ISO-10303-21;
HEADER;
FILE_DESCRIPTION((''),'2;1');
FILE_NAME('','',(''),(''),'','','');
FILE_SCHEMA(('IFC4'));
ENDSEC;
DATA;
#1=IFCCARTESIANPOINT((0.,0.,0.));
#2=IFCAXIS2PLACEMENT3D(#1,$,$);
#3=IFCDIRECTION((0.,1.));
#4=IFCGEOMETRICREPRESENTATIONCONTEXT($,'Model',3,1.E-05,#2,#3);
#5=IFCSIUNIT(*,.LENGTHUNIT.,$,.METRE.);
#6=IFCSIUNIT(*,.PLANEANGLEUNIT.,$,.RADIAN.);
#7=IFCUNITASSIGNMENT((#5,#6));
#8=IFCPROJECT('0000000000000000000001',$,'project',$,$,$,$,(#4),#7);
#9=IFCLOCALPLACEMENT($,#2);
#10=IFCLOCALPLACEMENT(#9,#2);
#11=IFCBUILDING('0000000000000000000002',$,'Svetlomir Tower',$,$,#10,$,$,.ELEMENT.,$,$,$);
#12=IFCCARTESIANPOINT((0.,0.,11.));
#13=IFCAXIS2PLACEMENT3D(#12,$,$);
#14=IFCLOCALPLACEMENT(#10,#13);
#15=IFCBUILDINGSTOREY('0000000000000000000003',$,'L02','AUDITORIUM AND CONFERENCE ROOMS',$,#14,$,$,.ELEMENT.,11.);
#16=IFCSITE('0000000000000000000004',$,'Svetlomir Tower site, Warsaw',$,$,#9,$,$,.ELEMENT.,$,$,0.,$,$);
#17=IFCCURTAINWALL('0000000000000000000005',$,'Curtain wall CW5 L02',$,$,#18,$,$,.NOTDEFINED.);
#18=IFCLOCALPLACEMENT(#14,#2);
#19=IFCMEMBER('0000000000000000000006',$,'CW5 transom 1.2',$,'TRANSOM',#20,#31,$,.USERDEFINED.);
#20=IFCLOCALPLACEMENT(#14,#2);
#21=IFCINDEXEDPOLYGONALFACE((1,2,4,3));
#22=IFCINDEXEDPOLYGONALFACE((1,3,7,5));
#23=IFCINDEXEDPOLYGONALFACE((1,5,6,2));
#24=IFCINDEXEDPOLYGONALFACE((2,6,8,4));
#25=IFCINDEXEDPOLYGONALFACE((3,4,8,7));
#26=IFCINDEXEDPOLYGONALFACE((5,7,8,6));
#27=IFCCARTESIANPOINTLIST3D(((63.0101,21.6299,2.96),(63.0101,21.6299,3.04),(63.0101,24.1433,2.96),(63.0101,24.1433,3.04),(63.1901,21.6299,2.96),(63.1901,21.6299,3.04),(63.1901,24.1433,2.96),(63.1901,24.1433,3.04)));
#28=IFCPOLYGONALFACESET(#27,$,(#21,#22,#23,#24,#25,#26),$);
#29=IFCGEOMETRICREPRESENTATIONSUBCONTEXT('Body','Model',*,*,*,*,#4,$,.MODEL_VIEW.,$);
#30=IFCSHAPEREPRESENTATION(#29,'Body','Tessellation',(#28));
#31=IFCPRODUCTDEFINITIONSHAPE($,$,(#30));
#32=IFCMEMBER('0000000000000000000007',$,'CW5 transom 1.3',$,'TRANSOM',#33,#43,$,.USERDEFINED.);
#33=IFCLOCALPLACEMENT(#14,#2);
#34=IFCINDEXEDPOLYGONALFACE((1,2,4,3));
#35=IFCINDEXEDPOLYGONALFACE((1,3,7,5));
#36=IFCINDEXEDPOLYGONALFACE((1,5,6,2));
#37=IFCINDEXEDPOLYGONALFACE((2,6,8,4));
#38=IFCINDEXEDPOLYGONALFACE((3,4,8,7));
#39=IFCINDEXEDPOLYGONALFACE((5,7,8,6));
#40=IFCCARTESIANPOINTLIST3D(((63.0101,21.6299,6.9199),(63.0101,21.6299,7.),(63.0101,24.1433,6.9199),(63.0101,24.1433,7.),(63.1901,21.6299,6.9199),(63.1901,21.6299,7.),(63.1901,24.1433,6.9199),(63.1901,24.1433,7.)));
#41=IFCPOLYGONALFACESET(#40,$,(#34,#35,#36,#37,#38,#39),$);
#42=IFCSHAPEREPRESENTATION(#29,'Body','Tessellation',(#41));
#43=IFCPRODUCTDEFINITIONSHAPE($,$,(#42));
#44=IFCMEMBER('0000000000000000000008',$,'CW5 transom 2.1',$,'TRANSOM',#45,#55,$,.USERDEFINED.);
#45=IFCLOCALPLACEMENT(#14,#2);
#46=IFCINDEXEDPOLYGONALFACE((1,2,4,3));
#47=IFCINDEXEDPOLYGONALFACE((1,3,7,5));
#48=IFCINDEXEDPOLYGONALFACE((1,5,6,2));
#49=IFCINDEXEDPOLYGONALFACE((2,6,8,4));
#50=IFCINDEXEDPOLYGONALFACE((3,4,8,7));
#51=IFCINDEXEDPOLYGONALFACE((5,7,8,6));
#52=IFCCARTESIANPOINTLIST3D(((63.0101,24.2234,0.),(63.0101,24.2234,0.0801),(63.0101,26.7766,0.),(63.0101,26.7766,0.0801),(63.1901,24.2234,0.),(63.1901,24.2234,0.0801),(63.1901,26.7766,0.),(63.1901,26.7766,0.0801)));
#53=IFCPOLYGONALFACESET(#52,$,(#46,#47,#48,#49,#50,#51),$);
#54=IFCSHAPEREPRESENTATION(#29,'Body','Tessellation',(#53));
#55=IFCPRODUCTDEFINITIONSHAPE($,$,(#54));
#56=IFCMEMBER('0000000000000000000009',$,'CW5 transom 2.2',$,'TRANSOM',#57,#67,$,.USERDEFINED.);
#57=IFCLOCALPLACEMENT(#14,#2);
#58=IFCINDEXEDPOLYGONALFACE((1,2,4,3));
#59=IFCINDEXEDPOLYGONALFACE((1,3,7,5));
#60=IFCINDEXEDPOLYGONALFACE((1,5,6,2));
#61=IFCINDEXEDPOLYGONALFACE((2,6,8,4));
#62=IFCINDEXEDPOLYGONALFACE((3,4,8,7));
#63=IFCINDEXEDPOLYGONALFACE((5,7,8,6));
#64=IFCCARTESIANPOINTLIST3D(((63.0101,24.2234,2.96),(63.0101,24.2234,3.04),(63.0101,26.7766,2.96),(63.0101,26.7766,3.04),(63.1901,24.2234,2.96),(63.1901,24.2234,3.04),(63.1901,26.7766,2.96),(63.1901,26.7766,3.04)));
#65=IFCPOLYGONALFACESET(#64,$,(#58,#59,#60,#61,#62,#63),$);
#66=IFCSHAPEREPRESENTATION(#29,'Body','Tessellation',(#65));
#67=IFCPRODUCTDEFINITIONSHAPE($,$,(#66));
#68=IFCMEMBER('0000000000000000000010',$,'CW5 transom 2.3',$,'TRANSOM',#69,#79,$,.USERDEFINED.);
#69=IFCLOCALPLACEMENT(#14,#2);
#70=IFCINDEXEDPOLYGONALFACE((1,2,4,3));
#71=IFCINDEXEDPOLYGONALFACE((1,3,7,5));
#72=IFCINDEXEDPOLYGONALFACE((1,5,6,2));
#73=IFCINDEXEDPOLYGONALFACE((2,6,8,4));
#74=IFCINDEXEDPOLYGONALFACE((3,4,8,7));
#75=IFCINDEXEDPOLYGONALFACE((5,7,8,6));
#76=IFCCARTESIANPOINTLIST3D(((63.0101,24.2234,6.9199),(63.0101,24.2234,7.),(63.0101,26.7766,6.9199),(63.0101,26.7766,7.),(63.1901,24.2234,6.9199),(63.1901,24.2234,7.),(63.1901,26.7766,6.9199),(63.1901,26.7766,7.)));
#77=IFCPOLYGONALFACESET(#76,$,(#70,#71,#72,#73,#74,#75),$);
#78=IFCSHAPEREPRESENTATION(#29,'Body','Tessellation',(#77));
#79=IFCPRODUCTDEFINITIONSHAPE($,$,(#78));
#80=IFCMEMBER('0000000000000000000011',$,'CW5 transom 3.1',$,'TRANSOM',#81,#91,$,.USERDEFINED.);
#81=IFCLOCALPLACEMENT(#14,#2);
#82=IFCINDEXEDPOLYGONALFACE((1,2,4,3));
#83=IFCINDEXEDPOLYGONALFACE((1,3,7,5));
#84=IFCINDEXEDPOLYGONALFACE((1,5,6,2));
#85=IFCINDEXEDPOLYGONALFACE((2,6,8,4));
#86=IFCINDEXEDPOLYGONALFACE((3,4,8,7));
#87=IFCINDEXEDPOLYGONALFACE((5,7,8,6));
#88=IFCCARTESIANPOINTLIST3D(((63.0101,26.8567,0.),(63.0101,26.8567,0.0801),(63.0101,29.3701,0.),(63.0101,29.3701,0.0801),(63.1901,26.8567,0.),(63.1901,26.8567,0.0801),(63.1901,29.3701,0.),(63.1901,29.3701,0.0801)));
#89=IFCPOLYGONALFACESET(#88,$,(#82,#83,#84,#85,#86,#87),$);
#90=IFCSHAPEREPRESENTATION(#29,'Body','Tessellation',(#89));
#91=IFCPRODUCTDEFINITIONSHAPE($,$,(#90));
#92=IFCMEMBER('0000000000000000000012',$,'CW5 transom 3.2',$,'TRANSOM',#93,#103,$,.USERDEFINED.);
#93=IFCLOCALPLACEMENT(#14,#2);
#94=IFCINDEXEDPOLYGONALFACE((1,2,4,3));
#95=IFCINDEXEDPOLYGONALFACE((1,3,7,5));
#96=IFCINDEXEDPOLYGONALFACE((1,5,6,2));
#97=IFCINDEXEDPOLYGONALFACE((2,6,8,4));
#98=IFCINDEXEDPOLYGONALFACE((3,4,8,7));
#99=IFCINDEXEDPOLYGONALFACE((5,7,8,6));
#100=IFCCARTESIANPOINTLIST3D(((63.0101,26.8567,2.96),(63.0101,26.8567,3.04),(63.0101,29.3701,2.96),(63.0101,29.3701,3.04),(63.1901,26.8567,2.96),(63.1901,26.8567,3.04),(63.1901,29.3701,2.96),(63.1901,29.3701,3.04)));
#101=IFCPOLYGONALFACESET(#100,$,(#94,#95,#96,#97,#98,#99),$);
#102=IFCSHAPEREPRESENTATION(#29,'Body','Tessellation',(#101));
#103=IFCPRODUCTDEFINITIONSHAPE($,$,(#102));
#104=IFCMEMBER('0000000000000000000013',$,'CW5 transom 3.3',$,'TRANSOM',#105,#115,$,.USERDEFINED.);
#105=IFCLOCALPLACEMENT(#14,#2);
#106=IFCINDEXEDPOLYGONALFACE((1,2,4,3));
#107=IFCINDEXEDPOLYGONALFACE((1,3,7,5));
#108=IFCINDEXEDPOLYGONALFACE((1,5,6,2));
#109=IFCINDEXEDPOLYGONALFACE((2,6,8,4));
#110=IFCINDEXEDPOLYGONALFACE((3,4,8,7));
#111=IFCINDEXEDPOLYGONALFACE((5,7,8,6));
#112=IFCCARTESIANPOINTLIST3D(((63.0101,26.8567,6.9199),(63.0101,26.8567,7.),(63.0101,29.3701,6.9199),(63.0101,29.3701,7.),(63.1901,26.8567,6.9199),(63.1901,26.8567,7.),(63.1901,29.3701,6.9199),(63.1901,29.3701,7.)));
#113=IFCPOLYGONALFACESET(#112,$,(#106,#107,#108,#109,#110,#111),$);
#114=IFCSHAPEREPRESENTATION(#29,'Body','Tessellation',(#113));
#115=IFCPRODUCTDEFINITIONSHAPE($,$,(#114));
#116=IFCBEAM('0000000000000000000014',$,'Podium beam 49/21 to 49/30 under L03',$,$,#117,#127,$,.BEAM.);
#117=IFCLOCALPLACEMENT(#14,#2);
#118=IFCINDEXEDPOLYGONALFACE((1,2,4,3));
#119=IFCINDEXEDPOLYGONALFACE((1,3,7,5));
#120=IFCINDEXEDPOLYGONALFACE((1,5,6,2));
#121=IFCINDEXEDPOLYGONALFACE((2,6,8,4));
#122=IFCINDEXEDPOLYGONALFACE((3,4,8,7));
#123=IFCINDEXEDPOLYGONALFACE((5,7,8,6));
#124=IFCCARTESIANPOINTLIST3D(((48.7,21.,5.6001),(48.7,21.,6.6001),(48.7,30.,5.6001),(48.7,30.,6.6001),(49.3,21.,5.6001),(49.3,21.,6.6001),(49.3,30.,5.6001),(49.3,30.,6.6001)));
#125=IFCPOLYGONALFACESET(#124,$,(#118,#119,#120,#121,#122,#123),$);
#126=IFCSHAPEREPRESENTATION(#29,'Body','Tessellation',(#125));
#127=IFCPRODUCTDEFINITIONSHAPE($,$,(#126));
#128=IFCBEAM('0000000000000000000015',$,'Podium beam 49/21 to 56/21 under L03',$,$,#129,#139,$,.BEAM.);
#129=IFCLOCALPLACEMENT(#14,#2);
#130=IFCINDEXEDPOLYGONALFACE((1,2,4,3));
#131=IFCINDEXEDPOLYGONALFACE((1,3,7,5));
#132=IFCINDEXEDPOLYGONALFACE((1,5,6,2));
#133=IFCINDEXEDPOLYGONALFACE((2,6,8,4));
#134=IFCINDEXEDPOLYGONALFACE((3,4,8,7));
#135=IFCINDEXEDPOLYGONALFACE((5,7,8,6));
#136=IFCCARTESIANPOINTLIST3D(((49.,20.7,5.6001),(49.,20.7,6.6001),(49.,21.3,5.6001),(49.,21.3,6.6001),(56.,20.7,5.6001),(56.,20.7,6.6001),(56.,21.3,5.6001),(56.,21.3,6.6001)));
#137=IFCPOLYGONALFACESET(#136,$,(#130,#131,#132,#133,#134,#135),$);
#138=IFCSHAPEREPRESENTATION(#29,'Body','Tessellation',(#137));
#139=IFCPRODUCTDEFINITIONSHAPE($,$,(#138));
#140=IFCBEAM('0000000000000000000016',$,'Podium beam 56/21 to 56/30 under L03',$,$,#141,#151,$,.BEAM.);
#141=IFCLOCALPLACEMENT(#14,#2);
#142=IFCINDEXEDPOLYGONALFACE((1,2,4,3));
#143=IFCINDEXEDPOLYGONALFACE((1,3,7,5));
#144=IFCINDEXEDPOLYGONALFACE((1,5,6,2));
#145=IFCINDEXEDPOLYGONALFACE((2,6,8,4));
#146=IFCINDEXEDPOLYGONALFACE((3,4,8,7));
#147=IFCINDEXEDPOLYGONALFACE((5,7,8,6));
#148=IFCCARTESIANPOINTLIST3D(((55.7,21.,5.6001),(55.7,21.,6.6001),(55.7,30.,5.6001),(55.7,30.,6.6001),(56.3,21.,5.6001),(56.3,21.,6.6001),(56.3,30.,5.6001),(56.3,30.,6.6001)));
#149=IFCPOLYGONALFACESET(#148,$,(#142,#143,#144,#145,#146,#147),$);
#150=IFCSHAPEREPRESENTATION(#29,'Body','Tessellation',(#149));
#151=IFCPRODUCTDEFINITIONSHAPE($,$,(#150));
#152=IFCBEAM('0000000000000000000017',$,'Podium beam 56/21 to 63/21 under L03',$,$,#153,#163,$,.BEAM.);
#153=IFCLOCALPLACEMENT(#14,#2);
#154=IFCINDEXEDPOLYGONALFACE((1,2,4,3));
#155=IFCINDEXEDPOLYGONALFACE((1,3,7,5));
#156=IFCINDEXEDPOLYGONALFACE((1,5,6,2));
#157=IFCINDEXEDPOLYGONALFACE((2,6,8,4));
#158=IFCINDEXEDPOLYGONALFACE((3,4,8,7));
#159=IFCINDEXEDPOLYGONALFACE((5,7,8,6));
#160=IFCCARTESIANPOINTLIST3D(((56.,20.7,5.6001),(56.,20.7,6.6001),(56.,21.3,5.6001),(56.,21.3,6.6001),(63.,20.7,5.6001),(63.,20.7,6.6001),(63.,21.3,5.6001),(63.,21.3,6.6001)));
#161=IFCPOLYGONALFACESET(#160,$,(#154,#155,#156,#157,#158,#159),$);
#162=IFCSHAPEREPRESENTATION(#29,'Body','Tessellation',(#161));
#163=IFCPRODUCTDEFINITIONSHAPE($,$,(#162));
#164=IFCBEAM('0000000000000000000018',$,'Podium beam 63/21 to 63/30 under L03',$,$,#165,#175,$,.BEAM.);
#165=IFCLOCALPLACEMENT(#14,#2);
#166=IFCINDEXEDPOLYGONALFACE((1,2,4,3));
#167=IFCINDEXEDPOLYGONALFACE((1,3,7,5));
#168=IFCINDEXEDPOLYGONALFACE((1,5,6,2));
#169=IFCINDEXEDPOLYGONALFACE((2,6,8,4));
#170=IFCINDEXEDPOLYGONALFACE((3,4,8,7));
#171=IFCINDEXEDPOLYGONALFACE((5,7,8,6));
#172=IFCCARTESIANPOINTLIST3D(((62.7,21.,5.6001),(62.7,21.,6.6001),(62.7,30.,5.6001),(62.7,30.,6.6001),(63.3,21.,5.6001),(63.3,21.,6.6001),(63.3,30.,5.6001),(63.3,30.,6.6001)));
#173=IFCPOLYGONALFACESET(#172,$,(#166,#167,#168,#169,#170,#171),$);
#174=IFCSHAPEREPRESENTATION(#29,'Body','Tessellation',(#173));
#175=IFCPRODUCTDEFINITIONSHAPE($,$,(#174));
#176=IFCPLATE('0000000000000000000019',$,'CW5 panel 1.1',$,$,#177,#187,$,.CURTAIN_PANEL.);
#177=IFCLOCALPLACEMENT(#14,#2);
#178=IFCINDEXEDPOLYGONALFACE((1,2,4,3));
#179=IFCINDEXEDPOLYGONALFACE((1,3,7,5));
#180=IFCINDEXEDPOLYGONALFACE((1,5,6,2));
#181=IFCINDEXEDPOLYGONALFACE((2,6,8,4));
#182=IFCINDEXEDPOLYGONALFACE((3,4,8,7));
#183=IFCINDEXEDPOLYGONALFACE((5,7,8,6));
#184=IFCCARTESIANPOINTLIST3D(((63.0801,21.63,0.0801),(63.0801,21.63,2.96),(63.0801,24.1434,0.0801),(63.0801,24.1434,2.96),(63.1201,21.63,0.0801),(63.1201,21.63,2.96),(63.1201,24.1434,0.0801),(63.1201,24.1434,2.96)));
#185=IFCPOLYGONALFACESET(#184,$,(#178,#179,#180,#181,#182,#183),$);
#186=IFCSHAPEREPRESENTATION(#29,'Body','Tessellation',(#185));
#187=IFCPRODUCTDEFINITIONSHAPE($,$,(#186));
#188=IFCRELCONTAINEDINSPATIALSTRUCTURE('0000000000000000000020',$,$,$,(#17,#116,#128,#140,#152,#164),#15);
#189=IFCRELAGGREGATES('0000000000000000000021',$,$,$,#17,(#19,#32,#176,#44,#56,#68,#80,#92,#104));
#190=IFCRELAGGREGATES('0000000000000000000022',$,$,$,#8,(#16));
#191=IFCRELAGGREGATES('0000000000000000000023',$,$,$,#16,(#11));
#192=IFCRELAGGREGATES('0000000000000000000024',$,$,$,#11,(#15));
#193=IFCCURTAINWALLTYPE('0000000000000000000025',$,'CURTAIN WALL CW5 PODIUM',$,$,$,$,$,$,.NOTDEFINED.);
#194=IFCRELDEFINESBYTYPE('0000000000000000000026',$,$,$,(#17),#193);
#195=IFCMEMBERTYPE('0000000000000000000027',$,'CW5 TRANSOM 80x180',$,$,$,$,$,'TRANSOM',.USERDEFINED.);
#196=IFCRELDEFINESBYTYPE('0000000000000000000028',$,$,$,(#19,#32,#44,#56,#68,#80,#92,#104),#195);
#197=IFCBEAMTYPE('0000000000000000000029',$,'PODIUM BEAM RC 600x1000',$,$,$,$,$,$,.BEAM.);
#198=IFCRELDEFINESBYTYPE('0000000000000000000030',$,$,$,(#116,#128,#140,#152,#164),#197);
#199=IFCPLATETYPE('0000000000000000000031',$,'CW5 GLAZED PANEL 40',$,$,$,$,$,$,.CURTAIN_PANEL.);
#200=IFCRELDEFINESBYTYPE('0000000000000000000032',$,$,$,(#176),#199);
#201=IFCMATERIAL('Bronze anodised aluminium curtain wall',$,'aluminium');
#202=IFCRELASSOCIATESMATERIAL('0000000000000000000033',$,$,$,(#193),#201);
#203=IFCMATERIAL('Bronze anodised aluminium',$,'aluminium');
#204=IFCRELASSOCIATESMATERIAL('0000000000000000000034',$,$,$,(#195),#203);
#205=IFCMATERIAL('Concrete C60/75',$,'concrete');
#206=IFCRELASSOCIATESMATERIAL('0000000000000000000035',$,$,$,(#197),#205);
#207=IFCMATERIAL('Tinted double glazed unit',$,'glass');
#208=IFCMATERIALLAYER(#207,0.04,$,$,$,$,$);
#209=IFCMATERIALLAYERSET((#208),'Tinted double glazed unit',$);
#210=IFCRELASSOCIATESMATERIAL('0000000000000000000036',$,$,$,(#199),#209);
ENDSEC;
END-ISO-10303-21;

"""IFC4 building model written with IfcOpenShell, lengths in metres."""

from ifc_helpers import new_model, si_unit, direction, frame, origin, origin_2d, place, context, subcontext, project, spatial, rectangle, extrude, material, layer, layer_set, material_profile, profile_set, type_object, element, aggregate, save


model = new_model("IFC4")

# Units and contexts
model_context = context("Model", 3, precision=1e-05, world=origin(), true_north=direction((0.0, 1.0)))
body_context = subcontext(model_context, "Body", "Model", "MODEL_VIEW")
ifc_project = project(units=[si_unit("LENGTHUNIT", "METRE"), si_unit("PLANEANGLEUNIT", "RADIAN")], contexts=[model_context])

# Site, building, storey
site_placement = place(None, origin())
site = spatial("IfcSite", under=ifc_project, at=site_placement, Name="Svetlomir Tower site, Warsaw", CompositionType="ELEMENT", RefElevation=0.0)
building_placement = place(site_placement, origin())
building = spatial("IfcBuilding", under=site, at=building_placement, Name="Svetlomir Tower", CompositionType="ELEMENT")
storey_placement = place(building_placement, frame((0.0, 0.0, 11.0)))
storey = spatial("IfcBuildingStorey", under=building, at=storey_placement, Name="L02", Description="AUDITORIUM AND CONFERENCE ROOMS", CompositionType="ELEMENT", Elevation=11.0)

# Curtain wall, members
ifc_material_1 = material(Name="Bronze anodised aluminium curtain wall", Category="aluminium")
curtain_wall_type = type_object("IfcCurtainWallType", Name="CURTAIN WALL CW5 PODIUM", PredefinedType="NOTDEFINED", material=ifc_material_1)
curtain_wall_placement = place(storey_placement, origin())
curtain_wall = element("IfcCurtainWall", 1, at=curtain_wall_placement, inside=storey, type_object=curtain_wall_type, Name="Curtain wall CW5 L02", PredefinedType="NOTDEFINED")
ifc_material_2 = material(Name="Bronze anodised aluminium", Category="aluminium")
ifc_material_profile_1 = material_profile(ifc_material_2, rectangle(XDim=0.1799, YDim=0.0801, at=origin_2d()), Name="AL 180x80")
ifc_profile_set_1 = profile_set([ifc_material_profile_1], Name="Bronze anodised aluminium 6063-T6")
member_type_1 = type_object("IfcMemberType", Name="CW5 TRANSOM 80x180", ElementType="TRANSOM", PredefinedType="USERDEFINED", material=ifc_profile_set_1)
member_1_placement = place(storey_placement, frame((63.1001, 21.6299, 3.0), z_axis=(0.0, 1.0, 0.0), x_axis=(-1.0, 0.0, 0.0)))
member_1 = element("IfcMember", 2, at=member_1_placement, type_object=member_type_1, Name="CW5 transom 1.2", ObjectType="TRANSOM", PredefinedType="USERDEFINED", context=body_context, shape_type="SweptSolid", body=[
    extrude(rectangle(XDim=0.1799, YDim=0.0801, at=origin_2d()), origin(), (0.0, 0.0, 1.0), 2.5134),
])
member_2_placement = place(storey_placement, frame((63.1001, 21.6299, 6.96), z_axis=(0.0, 1.0, 0.0), x_axis=(-1.0, 0.0, 0.0)))
member_2 = element("IfcMember", 3, at=member_2_placement, type_object=member_type_1, Name="CW5 transom 1.3", ObjectType="TRANSOM", PredefinedType="USERDEFINED", context=body_context, shape_type="SweptSolid", body=[
    extrude(rectangle(XDim=0.1799, YDim=0.0801, at=origin_2d()), origin(), (0.0, 0.0, 1.0), 2.5134),
])
member_3_placement = place(storey_placement, frame((63.1001, 24.2234, 0.04), z_axis=(0.0, 1.0, 0.0), x_axis=(-1.0, 0.0, 0.0)))
member_3 = element("IfcMember", 4, at=member_3_placement, type_object=member_type_1, Name="CW5 transom 2.1", ObjectType="TRANSOM", PredefinedType="USERDEFINED", context=body_context, shape_type="SweptSolid", body=[
    extrude(rectangle(XDim=0.1799, YDim=0.0801, at=origin_2d()), origin(), (0.0, 0.0, 1.0), 2.5532),
])
member_4_placement = place(storey_placement, frame((63.1001, 24.2234, 3.0), z_axis=(0.0, 1.0, 0.0), x_axis=(-1.0, 0.0, 0.0)))
member_4 = element("IfcMember", 5, at=member_4_placement, type_object=member_type_1, Name="CW5 transom 2.2", ObjectType="TRANSOM", PredefinedType="USERDEFINED", context=body_context, shape_type="SweptSolid", body=[
    extrude(rectangle(XDim=0.1799, YDim=0.0801, at=origin_2d()), origin(), (0.0, 0.0, 1.0), 2.5532),
])
member_5_placement = place(storey_placement, frame((63.1001, 24.2234, 6.96), z_axis=(0.0, 1.0, 0.0), x_axis=(-1.0, 0.0, 0.0)))
member_5 = element("IfcMember", 6, at=member_5_placement, type_object=member_type_1, Name="CW5 transom 2.3", ObjectType="TRANSOM", PredefinedType="USERDEFINED", context=body_context, shape_type="SweptSolid", body=[
    extrude(rectangle(XDim=0.1799, YDim=0.0801, at=origin_2d()), origin(), (0.0, 0.0, 1.0), 2.5532),
])
member_6_placement = place(storey_placement, frame((63.1001, 26.8567, 0.04), z_axis=(0.0, 1.0, 0.0), x_axis=(-1.0, 0.0, 0.0)))
member_6 = element("IfcMember", 7, at=member_6_placement, type_object=member_type_1, Name="CW5 transom 3.1", ObjectType="TRANSOM", PredefinedType="USERDEFINED", context=body_context, shape_type="SweptSolid", body=[
    extrude(rectangle(XDim=0.1799, YDim=0.0801, at=origin_2d()), origin(), (0.0, 0.0, 1.0), 2.5134),
])
member_7_placement = place(storey_placement, frame((63.1001, 26.8567, 3.0), z_axis=(0.0, 1.0, 0.0), x_axis=(-1.0, 0.0, 0.0)))
member_7 = element("IfcMember", 8, at=member_7_placement, type_object=member_type_1, Name="CW5 transom 3.2", ObjectType="TRANSOM", PredefinedType="USERDEFINED", context=body_context, shape_type="SweptSolid", body=[
    extrude(rectangle(XDim=0.1799, YDim=0.0801, at=origin_2d()), origin(), (0.0, 0.0, 1.0), 2.5134),
])
member_8_placement = place(storey_placement, frame((63.1001, 26.8567, 6.96), z_axis=(0.0, 1.0, 0.0), x_axis=(-1.0, 0.0, 0.0)))
member_8 = element("IfcMember", 9, at=member_8_placement, type_object=member_type_1, Name="CW5 transom 3.3", ObjectType="TRANSOM", PredefinedType="USERDEFINED", context=body_context, shape_type="SweptSolid", body=[
    extrude(rectangle(XDim=0.1799, YDim=0.0801, at=origin_2d()), origin(), (0.0, 0.0, 1.0), 2.5134),
])

# Beams
ifc_material_3 = material(Name="Concrete C60/75", Category="concrete")
ifc_material_profile_2 = material_profile(ifc_material_3, rectangle(XDim=0.6001, YDim=1.0, at=origin_2d()), Name="RC 600x1000")
ifc_profile_set_2 = profile_set([ifc_material_profile_2], Name="Concrete C60/75")
beam_type = type_object("IfcBeamType", Name="PODIUM BEAM RC 600x1000", PredefinedType="BEAM", material=ifc_profile_set_2)
beam_1_placement = place(storey_placement, frame((49.0, 21.0, 6.1001), z_axis=(0.0, 1.0, 0.0), x_axis=(-1.0, 0.0, 0.0)))
element("IfcBeam", 10, at=beam_1_placement, inside=storey, type_object=beam_type, Name="Podium beam 49/21 to 49/30 under L03", PredefinedType="BEAM", context=body_context, shape_type="SweptSolid", body=[
    extrude(rectangle(XDim=0.6001, YDim=1.0, at=origin_2d()), origin(), (0.0, 0.0, 1.0), 9.0),
])
beam_2_placement = place(storey_placement, frame((49.0, 21.0, 6.1001), z_axis=(1.0, 0.0, 0.0), x_axis=(0.0, 1.0, 0.0)))
element("IfcBeam", 11, at=beam_2_placement, inside=storey, type_object=beam_type, Name="Podium beam 49/21 to 56/21 under L03", PredefinedType="BEAM", context=body_context, shape_type="SweptSolid", body=[
    extrude(rectangle(XDim=0.6001, YDim=1.0, at=origin_2d()), origin(), (0.0, 0.0, 1.0), 7.0),
])
beam_3_placement = place(storey_placement, frame((56.0, 21.0, 6.1001), z_axis=(0.0, 1.0, 0.0), x_axis=(-1.0, 0.0, 0.0)))
element("IfcBeam", 12, at=beam_3_placement, inside=storey, type_object=beam_type, Name="Podium beam 56/21 to 56/30 under L03", PredefinedType="BEAM", context=body_context, shape_type="SweptSolid", body=[
    extrude(rectangle(XDim=0.6001, YDim=1.0, at=origin_2d()), origin(), (0.0, 0.0, 1.0), 9.0),
])
beam_4_placement = place(storey_placement, frame((56.0, 21.0, 6.1001), z_axis=(1.0, 0.0, 0.0), x_axis=(0.0, 1.0, 0.0)))
element("IfcBeam", 13, at=beam_4_placement, inside=storey, type_object=beam_type, Name="Podium beam 56/21 to 63/21 under L03", PredefinedType="BEAM", context=body_context, shape_type="SweptSolid", body=[
    extrude(rectangle(XDim=0.6001, YDim=1.0, at=origin_2d()), origin(), (0.0, 0.0, 1.0), 7.0),
])
beam_5_placement = place(storey_placement, frame((63.0, 21.0, 6.1001), z_axis=(0.0, 1.0, 0.0), x_axis=(-1.0, 0.0, 0.0)))
element("IfcBeam", 14, at=beam_5_placement, inside=storey, type_object=beam_type, Name="Podium beam 63/21 to 63/30 under L03", PredefinedType="BEAM", context=body_context, shape_type="SweptSolid", body=[
    extrude(rectangle(XDim=0.6001, YDim=1.0, at=origin_2d()), origin(), (0.0, 0.0, 1.0), 9.0),
])

# Plate
ifc_material_4 = material(Name="Tinted double glazed unit", Category="glass")
ifc_layer = layer(ifc_material_4, 0.04)
ifc_layer_set = layer_set([ifc_layer], Name="Tinted double glazed unit")
plate_type = type_object("IfcPlateType", Name="CW5 GLAZED PANEL 40", PredefinedType="CURTAIN_PANEL", material=ifc_layer_set)
plate_1_placement = place(storey_placement, frame((63.1001, 22.8867, 0.0801), z_axis=(0.0, 0.0, 1.0), x_axis=(0.0, 1.0, 0.0)))
plate_1 = element("IfcPlate", 15, at=plate_1_placement, type_object=plate_type, Name="CW5 panel 1.1", PredefinedType="CURTAIN_PANEL", context=body_context, shape_type="SweptSolid", body=[
    extrude(rectangle(XDim=2.5134, YDim=0.04, at=origin_2d()), origin(), (0.0, 0.0, 1.0), 2.8799),
])
aggregate(curtain_wall, [member_1, member_2, plate_1, member_3, member_4, member_5, member_6, member_7, member_8])

save(model, "model.ifc")
